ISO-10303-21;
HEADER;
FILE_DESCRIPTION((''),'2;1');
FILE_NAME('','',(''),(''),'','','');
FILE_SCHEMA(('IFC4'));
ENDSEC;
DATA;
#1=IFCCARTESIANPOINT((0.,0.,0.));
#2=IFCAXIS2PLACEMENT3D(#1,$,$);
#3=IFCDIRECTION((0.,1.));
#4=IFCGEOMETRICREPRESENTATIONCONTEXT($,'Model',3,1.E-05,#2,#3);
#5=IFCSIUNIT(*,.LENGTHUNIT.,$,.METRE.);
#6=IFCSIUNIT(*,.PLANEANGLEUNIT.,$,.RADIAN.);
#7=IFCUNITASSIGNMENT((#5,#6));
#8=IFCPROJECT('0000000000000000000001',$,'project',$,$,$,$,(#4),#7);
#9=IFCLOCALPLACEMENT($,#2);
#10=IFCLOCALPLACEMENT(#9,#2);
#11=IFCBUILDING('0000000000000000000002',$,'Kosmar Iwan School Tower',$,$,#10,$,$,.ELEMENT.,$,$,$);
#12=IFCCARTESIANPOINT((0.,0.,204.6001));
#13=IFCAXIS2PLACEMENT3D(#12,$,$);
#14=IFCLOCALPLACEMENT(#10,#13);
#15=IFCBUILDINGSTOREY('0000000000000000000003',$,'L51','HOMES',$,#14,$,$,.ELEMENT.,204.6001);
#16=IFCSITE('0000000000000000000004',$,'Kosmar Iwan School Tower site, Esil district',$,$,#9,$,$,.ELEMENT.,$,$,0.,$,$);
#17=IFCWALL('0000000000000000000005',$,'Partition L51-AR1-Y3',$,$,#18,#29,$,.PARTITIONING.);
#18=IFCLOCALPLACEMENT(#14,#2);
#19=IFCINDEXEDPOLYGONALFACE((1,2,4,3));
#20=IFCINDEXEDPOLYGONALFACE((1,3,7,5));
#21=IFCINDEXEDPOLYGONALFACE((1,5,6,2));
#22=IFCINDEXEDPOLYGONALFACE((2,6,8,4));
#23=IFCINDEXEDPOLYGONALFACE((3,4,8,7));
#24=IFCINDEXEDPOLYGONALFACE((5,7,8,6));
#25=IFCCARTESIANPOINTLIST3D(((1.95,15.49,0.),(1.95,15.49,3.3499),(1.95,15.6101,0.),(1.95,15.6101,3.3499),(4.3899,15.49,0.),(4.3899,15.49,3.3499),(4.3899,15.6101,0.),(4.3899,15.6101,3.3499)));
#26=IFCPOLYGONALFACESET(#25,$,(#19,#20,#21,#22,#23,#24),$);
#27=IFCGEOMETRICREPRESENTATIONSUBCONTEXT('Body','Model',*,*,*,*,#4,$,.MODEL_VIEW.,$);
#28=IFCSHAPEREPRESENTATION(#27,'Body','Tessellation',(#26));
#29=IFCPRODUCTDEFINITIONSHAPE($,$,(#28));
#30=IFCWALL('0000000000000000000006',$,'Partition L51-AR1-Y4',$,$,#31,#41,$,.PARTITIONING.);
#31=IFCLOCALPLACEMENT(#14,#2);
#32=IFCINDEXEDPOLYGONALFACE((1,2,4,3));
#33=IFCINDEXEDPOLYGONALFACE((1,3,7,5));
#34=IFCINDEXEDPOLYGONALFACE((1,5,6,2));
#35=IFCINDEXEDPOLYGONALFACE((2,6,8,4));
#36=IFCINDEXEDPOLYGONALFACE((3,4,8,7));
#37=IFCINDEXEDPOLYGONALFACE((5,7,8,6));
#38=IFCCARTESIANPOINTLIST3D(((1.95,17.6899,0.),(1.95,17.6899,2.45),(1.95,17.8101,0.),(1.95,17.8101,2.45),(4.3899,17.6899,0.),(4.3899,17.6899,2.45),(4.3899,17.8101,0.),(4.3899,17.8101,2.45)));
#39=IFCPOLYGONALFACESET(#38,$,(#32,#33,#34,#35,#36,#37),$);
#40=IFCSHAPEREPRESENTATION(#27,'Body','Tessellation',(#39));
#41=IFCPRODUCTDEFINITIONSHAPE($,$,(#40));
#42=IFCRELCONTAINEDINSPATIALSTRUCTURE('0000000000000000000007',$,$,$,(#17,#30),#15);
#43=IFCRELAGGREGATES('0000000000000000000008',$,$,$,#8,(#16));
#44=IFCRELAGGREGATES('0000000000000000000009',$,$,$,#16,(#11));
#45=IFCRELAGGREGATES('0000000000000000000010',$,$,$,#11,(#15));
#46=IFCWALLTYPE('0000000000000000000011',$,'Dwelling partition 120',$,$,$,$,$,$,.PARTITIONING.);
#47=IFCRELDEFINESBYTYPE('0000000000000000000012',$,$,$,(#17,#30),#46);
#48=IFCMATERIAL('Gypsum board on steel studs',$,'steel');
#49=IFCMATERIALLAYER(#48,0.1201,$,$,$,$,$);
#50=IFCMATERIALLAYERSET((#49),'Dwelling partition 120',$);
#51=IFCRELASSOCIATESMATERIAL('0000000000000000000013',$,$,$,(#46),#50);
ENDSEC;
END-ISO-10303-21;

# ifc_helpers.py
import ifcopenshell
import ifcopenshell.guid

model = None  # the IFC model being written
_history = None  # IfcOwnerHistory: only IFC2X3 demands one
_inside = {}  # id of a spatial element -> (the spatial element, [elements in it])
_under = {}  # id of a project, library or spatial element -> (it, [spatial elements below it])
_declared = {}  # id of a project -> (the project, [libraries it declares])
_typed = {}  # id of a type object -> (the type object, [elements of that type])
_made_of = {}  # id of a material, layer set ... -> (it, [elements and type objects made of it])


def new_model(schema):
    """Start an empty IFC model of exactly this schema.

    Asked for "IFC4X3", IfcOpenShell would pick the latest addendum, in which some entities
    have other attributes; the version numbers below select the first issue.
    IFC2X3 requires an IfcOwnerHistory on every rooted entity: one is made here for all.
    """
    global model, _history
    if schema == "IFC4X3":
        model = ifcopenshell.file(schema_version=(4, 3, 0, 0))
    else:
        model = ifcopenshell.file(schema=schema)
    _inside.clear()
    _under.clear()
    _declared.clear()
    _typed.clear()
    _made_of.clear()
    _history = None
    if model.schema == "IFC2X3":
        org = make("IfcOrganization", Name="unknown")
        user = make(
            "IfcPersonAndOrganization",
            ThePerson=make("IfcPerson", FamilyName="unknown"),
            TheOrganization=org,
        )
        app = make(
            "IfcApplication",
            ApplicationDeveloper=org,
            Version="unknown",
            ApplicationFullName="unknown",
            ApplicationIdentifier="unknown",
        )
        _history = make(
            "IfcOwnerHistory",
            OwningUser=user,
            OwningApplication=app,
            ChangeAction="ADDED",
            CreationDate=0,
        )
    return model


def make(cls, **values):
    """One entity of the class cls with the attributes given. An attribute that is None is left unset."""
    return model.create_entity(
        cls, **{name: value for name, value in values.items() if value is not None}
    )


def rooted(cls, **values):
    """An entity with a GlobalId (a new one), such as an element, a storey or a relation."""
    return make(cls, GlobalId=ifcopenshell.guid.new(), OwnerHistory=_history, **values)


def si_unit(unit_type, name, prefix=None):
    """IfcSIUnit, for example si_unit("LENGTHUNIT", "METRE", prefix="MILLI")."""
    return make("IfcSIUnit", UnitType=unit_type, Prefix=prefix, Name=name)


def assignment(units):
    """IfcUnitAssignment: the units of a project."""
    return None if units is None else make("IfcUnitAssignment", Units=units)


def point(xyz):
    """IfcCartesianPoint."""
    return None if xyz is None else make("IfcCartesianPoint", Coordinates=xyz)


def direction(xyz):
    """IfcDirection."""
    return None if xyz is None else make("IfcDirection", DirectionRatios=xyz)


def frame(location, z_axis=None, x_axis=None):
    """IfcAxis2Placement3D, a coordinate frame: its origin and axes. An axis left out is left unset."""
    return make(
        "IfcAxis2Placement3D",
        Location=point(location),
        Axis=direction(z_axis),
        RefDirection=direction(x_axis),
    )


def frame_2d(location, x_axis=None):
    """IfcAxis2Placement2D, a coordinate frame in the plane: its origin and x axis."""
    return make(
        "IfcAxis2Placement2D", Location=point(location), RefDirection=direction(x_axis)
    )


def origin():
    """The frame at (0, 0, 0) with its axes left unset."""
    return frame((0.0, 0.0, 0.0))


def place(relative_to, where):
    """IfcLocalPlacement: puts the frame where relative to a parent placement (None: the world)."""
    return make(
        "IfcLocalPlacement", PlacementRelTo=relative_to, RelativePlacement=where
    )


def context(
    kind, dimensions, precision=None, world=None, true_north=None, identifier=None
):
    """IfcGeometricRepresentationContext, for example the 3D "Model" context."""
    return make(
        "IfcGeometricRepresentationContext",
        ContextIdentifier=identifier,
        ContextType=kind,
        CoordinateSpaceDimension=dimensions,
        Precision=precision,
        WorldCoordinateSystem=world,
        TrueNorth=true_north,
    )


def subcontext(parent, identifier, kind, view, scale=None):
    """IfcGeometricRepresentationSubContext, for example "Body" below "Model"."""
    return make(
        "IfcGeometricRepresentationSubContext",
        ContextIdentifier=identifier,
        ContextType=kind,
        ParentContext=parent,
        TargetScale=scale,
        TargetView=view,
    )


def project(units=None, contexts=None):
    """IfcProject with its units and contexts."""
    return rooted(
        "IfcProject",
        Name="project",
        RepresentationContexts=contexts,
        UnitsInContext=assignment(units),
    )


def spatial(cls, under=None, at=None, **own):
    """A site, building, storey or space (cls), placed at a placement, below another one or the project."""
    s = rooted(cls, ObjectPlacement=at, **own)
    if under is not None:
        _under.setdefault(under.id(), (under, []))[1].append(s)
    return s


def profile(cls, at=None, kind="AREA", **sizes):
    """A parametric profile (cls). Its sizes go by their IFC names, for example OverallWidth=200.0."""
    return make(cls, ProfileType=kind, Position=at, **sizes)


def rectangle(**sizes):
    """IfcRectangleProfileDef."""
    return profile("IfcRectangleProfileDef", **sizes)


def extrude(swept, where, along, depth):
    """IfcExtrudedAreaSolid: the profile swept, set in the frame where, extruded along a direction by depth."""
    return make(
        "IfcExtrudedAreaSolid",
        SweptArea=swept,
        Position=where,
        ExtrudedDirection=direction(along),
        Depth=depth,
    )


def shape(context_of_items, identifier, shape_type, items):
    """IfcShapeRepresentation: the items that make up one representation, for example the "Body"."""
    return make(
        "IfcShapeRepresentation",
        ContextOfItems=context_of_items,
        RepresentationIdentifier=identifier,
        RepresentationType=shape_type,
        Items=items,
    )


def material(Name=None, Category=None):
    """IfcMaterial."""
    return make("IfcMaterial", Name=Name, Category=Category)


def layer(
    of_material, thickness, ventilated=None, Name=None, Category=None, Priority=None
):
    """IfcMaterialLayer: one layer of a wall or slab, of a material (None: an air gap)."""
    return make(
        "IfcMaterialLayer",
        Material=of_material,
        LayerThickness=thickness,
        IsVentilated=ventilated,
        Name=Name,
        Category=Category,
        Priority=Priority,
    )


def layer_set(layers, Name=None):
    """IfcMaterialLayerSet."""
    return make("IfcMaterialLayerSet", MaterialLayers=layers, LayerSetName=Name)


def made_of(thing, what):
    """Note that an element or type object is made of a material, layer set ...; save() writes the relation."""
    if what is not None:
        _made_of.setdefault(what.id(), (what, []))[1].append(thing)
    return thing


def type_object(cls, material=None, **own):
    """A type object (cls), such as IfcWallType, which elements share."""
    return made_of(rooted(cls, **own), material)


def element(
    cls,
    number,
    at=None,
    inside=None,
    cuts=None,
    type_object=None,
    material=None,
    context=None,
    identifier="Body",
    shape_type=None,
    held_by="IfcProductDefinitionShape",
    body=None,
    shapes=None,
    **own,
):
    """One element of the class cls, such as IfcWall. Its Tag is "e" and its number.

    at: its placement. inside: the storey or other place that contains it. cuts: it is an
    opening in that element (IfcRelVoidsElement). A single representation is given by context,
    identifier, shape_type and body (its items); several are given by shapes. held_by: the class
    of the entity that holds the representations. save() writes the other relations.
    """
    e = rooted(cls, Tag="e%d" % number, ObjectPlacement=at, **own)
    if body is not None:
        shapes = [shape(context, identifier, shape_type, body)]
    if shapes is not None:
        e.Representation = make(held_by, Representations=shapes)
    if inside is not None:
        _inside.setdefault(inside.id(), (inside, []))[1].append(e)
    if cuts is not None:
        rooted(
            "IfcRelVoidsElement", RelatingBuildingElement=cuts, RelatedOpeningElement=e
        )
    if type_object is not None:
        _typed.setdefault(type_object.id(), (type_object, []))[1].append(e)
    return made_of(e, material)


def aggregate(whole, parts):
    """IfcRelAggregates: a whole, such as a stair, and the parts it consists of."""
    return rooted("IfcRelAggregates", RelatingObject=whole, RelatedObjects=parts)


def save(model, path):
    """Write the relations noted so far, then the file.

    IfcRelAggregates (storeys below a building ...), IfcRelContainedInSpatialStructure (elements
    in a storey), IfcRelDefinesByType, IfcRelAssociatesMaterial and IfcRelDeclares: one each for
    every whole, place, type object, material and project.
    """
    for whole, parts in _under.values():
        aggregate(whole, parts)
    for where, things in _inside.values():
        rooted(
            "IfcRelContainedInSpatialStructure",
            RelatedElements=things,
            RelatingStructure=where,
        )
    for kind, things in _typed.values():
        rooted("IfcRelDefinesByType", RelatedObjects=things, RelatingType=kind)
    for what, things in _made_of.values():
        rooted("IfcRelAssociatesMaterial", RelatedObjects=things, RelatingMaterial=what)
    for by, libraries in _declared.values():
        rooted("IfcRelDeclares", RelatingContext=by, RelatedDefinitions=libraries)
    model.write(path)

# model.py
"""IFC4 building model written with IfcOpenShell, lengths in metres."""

from ifc_helpers import new_model, si_unit, direction, frame, frame_2d, origin, place, context, subcontext, project, spatial, rectangle, extrude, material, layer, layer_set, type_object, element, save


model = new_model("IFC4")

# Units and contexts
model_context = context("Model", 3, precision=1e-05, world=origin(), true_north=direction((0.0, 1.0)))
body_context = subcontext(model_context, "Body", "Model", "MODEL_VIEW")
ifc_project = project(units=[si_unit("LENGTHUNIT", "METRE"), si_unit("PLANEANGLEUNIT", "RADIAN")], contexts=[model_context])

# Site, building, storey
site_placement = place(None, origin())
site = spatial("IfcSite", under=ifc_project, at=site_placement, Name="Kosmar Iwan School Tower site, Esil district", CompositionType="ELEMENT", RefElevation=0.0)
building_placement = place(site_placement, origin())
building = spatial("IfcBuilding", under=site, at=building_placement, Name="Kosmar Iwan School Tower", CompositionType="ELEMENT")
storey_placement = place(building_placement, frame((0.0, 0.0, 204.6001)))
storey = spatial("IfcBuildingStorey", under=building, at=storey_placement, Name="L51", Description="HOMES", CompositionType="ELEMENT", Elevation=204.6001)

# Shared definitions
ifc_material_1 = material(Name="Gypsum board on steel studs", Category="steel")
ifc_layer = layer(ifc_material_1, 0.1201)
ifc_layer_set = layer_set([ifc_layer], Name="Dwelling partition 120")
wall_type = type_object("IfcWallType", Name="Dwelling partition 120", PredefinedType="PARTITIONING", material=ifc_layer_set)

# Walls
wall_1_placement = place(storey_placement, frame((1.95, 15.55, 0.0), z_axis=(0.0, 0.0, 1.0), x_axis=(1.0, 0.0, 0.0)))
element("IfcWall", 1, at=wall_1_placement, inside=storey, type_object=wall_type, Name="Partition L51-AR1-Y3", PredefinedType="PARTITIONING", context=body_context, shape_type="SweptSolid", body=[
    extrude(rectangle(XDim=2.4399, YDim=0.1201, at=frame_2d((1.22, 0.0))), origin(), (0.0, 0.0, 1.0), 3.3499),
])
wall_2_placement = place(storey_placement, frame((1.95, 17.75, 0.0), z_axis=(0.0, 0.0, 1.0), x_axis=(1.0, 0.0, 0.0)))
element("IfcWall", 2, at=wall_2_placement, inside=storey, type_object=wall_type, Name="Partition L51-AR1-Y4", PredefinedType="PARTITIONING", context=body_context, shape_type="SweptSolid", body=[
    extrude(rectangle(XDim=2.4399, YDim=0.1201, at=frame_2d((1.22, 0.0))), origin(), (0.0, 0.0, 1.0), 2.45),
])

save(model, "model.ifc")
